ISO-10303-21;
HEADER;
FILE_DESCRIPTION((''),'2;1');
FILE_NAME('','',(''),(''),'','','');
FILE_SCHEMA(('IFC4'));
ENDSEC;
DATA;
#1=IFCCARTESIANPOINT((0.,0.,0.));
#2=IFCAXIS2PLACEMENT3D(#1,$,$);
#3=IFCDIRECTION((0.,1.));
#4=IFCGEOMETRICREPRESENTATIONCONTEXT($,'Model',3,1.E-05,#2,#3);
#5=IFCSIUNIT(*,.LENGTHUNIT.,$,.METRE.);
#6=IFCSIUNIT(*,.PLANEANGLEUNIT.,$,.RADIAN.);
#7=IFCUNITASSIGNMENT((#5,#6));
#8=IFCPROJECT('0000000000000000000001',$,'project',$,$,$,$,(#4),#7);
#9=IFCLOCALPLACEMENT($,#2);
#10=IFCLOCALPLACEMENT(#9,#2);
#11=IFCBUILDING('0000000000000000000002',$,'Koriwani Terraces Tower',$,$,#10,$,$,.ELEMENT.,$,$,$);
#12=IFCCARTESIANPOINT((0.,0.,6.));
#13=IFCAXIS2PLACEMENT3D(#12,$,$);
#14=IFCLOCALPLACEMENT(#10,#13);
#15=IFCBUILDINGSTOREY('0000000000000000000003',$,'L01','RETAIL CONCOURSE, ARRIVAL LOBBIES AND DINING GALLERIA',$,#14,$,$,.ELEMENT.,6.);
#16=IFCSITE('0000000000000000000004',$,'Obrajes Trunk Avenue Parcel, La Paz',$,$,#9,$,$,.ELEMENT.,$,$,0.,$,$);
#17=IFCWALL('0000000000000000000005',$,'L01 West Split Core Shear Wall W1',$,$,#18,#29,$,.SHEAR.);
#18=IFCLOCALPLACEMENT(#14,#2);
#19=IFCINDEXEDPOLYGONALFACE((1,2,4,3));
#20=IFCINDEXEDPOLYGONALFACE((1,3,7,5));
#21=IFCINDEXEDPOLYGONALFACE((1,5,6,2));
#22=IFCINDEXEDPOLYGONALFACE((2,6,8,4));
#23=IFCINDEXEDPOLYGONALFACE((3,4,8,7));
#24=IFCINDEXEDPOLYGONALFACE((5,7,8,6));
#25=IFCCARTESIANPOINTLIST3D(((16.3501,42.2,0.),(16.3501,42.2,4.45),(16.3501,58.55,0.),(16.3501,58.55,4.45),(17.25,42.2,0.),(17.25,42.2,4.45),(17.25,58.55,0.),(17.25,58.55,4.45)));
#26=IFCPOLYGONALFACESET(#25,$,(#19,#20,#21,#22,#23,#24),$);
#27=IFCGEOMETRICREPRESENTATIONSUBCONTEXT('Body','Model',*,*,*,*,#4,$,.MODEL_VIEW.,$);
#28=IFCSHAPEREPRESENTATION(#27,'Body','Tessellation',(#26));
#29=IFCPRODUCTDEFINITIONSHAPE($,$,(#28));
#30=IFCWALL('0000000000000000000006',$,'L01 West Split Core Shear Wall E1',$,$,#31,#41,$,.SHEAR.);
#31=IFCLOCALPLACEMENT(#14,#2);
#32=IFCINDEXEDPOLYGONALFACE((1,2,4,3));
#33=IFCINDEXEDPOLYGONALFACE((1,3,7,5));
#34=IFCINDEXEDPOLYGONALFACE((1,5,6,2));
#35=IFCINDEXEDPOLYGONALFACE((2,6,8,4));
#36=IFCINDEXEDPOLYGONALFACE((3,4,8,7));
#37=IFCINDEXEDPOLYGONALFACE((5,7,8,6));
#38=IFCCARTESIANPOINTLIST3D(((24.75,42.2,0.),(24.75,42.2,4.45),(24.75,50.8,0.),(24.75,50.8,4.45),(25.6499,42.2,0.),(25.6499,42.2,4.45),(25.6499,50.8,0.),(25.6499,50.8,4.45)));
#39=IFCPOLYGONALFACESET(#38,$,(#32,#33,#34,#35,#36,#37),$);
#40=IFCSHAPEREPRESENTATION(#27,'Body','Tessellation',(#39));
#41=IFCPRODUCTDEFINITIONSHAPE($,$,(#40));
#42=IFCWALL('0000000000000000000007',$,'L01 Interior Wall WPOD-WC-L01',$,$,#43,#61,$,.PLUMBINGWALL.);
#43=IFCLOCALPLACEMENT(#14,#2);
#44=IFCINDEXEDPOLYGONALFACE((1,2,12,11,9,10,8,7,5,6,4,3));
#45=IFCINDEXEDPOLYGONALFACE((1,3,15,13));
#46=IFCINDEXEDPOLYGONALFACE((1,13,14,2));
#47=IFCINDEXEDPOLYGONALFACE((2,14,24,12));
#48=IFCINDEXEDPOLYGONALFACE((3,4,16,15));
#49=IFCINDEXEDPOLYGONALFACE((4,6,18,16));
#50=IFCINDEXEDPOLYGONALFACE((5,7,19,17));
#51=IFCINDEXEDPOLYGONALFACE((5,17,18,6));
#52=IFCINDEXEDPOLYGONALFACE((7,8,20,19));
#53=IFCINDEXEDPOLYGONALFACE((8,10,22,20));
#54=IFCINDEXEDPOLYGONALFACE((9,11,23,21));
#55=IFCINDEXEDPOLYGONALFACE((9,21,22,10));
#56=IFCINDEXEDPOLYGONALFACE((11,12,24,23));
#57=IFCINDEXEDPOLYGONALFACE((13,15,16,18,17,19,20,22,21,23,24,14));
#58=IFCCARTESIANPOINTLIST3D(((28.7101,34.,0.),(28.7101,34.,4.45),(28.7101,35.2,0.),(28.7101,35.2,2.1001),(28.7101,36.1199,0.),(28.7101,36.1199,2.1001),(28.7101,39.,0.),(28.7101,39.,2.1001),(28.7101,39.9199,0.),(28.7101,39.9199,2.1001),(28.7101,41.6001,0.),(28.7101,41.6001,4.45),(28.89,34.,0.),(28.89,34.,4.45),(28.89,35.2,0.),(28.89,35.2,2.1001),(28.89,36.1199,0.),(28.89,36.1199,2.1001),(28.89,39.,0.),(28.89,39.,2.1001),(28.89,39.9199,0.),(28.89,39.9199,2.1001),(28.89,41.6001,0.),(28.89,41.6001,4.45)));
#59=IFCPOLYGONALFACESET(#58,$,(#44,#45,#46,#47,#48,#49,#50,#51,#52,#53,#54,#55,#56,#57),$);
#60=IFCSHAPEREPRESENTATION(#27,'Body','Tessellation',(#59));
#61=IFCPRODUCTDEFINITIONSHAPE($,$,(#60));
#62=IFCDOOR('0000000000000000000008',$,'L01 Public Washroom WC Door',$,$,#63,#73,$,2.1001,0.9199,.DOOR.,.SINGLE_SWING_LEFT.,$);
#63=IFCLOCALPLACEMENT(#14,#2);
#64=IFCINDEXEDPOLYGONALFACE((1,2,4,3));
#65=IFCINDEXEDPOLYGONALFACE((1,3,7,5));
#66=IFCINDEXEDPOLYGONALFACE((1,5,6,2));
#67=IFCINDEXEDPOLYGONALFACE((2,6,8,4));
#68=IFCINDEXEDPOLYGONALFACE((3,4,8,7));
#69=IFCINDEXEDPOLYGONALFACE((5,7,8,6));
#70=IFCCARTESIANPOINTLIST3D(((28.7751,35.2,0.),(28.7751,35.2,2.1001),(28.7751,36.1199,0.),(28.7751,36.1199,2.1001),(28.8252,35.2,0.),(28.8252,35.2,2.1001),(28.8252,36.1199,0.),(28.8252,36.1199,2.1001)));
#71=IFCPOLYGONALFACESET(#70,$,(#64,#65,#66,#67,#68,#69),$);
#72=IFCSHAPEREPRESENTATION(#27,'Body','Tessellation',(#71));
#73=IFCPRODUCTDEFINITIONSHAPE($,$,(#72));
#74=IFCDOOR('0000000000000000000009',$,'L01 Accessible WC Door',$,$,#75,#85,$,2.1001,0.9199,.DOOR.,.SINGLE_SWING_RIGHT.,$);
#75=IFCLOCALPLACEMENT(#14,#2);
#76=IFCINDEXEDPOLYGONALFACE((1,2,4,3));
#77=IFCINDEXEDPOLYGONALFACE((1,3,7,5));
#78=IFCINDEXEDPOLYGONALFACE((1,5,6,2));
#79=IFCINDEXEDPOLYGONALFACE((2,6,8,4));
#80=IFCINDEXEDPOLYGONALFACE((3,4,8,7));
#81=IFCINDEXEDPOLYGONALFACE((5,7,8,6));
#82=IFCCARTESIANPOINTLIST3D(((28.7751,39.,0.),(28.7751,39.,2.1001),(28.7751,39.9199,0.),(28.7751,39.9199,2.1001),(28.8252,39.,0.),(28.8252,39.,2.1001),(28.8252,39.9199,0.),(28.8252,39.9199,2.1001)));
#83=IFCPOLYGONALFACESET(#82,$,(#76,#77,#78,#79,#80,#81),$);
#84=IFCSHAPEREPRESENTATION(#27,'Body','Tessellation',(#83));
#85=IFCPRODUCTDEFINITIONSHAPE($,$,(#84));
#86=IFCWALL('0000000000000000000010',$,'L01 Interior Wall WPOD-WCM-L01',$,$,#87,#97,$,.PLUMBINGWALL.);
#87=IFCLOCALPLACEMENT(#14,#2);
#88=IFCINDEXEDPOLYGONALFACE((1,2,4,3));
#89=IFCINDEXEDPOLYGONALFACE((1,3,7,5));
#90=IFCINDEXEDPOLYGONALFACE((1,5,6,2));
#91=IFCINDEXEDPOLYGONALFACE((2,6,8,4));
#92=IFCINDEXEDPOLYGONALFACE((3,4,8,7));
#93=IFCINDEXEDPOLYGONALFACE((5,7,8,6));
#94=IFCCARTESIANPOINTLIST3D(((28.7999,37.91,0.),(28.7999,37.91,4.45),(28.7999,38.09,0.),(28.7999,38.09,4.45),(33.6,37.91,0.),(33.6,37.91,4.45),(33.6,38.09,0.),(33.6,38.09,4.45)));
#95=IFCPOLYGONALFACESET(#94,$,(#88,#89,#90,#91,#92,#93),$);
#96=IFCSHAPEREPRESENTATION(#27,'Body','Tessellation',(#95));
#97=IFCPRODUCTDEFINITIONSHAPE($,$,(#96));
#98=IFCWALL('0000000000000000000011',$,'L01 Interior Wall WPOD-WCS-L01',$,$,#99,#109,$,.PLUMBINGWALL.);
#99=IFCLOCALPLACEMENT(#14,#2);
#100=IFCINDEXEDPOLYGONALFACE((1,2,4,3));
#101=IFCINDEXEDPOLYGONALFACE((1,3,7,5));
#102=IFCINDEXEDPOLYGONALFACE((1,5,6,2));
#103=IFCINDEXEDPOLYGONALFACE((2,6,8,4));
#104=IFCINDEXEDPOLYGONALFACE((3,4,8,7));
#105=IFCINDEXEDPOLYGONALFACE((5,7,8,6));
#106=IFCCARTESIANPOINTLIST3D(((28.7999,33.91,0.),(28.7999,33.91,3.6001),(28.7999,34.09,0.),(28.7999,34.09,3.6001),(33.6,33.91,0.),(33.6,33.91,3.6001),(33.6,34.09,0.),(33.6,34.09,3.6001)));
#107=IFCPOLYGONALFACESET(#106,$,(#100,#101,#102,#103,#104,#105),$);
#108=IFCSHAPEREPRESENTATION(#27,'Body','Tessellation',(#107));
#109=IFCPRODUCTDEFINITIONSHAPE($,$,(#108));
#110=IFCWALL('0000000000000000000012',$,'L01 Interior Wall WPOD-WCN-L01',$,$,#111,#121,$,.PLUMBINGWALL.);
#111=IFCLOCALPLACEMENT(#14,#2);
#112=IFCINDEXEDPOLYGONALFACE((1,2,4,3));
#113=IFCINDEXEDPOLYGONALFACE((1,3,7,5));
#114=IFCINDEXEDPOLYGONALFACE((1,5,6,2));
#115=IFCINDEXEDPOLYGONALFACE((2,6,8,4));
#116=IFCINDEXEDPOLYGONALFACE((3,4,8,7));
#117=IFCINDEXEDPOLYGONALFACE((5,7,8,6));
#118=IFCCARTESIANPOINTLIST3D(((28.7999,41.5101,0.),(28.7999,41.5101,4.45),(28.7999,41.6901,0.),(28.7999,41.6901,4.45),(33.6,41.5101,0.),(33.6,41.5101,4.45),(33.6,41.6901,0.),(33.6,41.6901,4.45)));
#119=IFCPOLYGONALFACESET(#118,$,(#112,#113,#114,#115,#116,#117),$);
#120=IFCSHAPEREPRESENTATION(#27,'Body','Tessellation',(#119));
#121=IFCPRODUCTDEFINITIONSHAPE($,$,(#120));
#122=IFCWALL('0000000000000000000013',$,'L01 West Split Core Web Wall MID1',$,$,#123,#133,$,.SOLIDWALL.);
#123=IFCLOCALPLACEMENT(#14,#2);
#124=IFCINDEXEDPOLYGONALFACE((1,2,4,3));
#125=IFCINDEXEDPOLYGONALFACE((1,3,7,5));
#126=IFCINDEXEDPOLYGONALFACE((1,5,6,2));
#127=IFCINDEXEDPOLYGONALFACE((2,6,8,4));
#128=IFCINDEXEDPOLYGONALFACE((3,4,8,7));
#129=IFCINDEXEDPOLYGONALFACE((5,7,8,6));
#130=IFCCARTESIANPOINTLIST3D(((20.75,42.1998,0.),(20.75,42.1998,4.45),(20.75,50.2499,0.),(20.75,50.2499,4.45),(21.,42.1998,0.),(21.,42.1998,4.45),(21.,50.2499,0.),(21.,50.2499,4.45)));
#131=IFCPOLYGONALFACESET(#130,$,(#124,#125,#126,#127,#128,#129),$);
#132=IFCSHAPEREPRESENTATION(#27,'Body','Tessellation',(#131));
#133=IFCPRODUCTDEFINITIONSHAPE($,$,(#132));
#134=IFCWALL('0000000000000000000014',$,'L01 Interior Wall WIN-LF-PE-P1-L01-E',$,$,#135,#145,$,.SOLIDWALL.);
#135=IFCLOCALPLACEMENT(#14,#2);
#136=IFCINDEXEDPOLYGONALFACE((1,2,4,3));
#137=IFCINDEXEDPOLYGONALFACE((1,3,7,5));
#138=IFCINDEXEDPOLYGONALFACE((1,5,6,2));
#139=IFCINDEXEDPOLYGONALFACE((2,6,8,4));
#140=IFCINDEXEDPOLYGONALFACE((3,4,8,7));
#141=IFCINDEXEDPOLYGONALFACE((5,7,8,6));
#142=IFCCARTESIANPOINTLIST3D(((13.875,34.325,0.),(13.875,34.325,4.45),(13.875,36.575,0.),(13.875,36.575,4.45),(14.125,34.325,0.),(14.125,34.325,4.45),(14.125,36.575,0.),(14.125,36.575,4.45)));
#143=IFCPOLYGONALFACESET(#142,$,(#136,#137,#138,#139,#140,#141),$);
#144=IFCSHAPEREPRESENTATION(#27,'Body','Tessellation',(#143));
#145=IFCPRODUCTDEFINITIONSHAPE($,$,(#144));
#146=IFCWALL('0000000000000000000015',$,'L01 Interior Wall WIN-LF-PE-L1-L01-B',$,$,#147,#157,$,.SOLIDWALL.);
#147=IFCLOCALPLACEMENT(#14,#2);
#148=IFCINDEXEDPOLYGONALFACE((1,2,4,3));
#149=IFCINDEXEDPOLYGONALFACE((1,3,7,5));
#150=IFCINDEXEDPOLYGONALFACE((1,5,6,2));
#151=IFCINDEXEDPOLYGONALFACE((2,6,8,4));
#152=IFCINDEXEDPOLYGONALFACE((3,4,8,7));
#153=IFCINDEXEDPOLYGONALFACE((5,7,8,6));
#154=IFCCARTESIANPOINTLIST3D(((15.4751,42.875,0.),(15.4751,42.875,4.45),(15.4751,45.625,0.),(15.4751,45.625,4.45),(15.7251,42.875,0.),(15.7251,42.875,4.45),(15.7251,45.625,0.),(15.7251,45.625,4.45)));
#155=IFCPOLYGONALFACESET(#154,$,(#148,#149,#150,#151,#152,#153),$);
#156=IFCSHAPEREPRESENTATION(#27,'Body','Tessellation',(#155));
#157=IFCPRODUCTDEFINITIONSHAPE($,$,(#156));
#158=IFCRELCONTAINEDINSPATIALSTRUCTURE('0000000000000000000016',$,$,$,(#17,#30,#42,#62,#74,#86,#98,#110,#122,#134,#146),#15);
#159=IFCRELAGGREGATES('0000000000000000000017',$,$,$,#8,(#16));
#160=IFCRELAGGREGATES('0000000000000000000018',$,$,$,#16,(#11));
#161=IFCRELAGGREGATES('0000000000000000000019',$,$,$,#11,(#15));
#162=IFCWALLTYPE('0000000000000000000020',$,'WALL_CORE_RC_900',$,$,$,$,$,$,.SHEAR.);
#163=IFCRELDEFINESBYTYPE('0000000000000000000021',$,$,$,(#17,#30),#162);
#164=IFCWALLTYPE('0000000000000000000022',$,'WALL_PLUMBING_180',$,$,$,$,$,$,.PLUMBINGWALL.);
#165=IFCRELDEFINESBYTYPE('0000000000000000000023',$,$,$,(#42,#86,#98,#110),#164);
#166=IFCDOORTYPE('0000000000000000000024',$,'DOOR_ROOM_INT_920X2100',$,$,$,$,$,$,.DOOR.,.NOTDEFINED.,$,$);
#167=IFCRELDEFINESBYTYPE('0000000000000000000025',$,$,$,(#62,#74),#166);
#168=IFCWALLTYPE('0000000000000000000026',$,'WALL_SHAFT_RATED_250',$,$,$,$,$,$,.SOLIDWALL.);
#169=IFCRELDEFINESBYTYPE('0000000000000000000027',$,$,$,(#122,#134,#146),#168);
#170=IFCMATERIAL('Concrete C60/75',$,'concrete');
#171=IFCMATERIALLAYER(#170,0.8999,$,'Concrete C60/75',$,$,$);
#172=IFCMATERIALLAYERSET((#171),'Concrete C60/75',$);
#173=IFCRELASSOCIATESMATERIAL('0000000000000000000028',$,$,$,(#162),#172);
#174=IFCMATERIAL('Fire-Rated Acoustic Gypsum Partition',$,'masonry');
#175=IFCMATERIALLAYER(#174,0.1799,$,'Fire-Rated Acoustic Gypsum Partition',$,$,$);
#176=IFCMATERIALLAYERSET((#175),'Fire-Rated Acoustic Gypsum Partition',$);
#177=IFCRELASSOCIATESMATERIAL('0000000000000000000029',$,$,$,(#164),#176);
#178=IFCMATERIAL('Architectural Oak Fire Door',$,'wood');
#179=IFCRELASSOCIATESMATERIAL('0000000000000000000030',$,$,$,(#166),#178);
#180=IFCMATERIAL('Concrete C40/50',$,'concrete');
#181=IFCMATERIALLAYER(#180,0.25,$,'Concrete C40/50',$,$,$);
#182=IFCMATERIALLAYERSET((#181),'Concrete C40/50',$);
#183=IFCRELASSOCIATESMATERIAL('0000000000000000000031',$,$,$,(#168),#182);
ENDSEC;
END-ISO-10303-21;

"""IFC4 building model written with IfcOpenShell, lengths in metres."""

from ifc_helpers import new_model, si_unit, direction, frame, frame_2d, origin, place, context, subcontext, project, spatial, rectangle, extrude, material, layer, layer_set, type_object, element, fill, save


model = new_model("IFC4")

# Units and contexts
model_context = context("Model", 3, precision=1e-05, world=origin(), true_north=direction((0.0, 1.0)))
body_context = subcontext(model_context, "Body", "Model", "MODEL_VIEW")
ifc_project = project(units=[si_unit("LENGTHUNIT", "METRE"), si_unit("PLANEANGLEUNIT", "RADIAN")], contexts=[model_context])

# Site, building, storey
site_placement = place(None, origin())
site = spatial("IfcSite", under=ifc_project, at=site_placement, Name="Obrajes Trunk Avenue Parcel, La Paz", CompositionType="ELEMENT", RefElevation=0.0)
building_placement = place(site_placement, origin())
building = spatial("IfcBuilding", under=site, at=building_placement, Name="Koriwani Terraces Tower", CompositionType="ELEMENT")
storey_placement = place(building_placement, frame((0.0, 0.0, 6.0)))
storey = spatial("IfcBuildingStorey", under=building, at=storey_placement, Name="L01", Description="RETAIL CONCOURSE, ARRIVAL LOBBIES AND DINING GALLERIA", CompositionType="ELEMENT", Elevation=6.0)

# Shared definitions
ifc_material_1 = material(Name="Concrete C60/75", Category="concrete")

# Walls
ifc_layer_1 = layer(ifc_material_1, 0.8999, Name="Concrete C60/75")
ifc_layer_set_1 = layer_set([ifc_layer_1], Name="Concrete C60/75")
wall_type_1 = type_object("IfcWallType", Name="WALL_CORE_RC_900", PredefinedType="SHEAR", material=ifc_layer_set_1)
wall_1_placement = place(storey_placement, frame((16.8, 42.2, 0.0), z_axis=(0.0, 0.0, 1.0), x_axis=(0.0, 1.0, 0.0)))
element("IfcWall", 1, at=wall_1_placement, inside=storey, type_object=wall_type_1, Name="L01 West Split Core Shear Wall W1", PredefinedType="SHEAR", context=body_context, shape_type="SweptSolid", body=[
    extrude(rectangle(XDim=16.3501, YDim=0.8999, at=frame_2d((8.175, 0.0))), origin(), (0.0, 0.0, 1.0), 4.45),
])
wall_2_placement = place(storey_placement, frame((25.2, 42.2, 0.0), z_axis=(0.0, 0.0, 1.0), x_axis=(0.0, 1.0, 0.0)))
element("IfcWall", 2, at=wall_2_placement, inside=storey, type_object=wall_type_1, Name="L01 West Split Core Shear Wall E1", PredefinedType="SHEAR", context=body_context, shape_type="SweptSolid", body=[
    extrude(rectangle(XDim=8.6001, YDim=0.8999, at=frame_2d((4.3, 0.0))), origin(), (0.0, 0.0, 1.0), 4.45),
])

# Wall, openings, doors
ifc_material_2 = material(Name="Fire-Rated Acoustic Gypsum Partition", Category="masonry")
ifc_layer_2 = layer(ifc_material_2, 0.1799, Name="Fire-Rated Acoustic Gypsum Partition")
ifc_layer_set_2 = layer_set([ifc_layer_2], Name="Fire-Rated Acoustic Gypsum Partition")
wall_type_2 = type_object("IfcWallType", Name="WALL_PLUMBING_180", PredefinedType="PLUMBINGWALL", material=ifc_layer_set_2)
wall_3_placement = place(storey_placement, frame((28.8, 34.0, 0.0), z_axis=(0.0, 0.0, 1.0), x_axis=(0.0, 1.0, 0.0)))
wall_3 = element("IfcWall", 3, at=wall_3_placement, inside=storey, type_object=wall_type_2, Name="L01 Interior Wall WPOD-WC-L01", PredefinedType="PLUMBINGWALL", context=body_context, shape_type="SweptSolid", body=[
    extrude(rectangle(XDim=7.6001, YDim=0.1799, at=frame_2d((3.8, 0.0))), origin(), (0.0, 0.0, 1.0), 4.45),
])
opening_1_placement = place(wall_3_placement, frame((1.2, 0.0, 0.0)))
opening_1 = element("IfcOpeningElement", 4, at=opening_1_placement, cuts=wall_3, PredefinedType="OPENING", context=body_context, shape_type="SweptSolid", body=[
    extrude(rectangle(XDim=0.9199, YDim=2.1001, at=frame_2d((0.46, 1.05))), frame((0.0, 0.1001, 0.0), z_axis=(0.0, -1.0, 0.0), x_axis=(1.0, 0.0, 0.0)), (0.0, 0.0, 1.0), 0.2),
])
opening_2_placement = place(wall_3_placement, frame((5.0, 0.0, 0.0)))
opening_2 = element("IfcOpeningElement", 5, at=opening_2_placement, cuts=wall_3, PredefinedType="OPENING", context=body_context, shape_type="SweptSolid", body=[
    extrude(rectangle(XDim=0.9199, YDim=2.1001, at=frame_2d((0.46, 1.05))), frame((0.0, 0.1001, 0.0), z_axis=(0.0, -1.0, 0.0), x_axis=(1.0, 0.0, 0.0)), (0.0, 0.0, 1.0), 0.2),
])
ifc_material_3 = material(Name="Architectural Oak Fire Door", Category="wood")
door_type_1 = type_object("IfcDoorType", Name="DOOR_ROOM_INT_920X2100", OperationType="NOTDEFINED", PredefinedType="DOOR", material=ifc_material_3)
door_1_placement = place(opening_1_placement, origin())
door_1 = element("IfcDoor", 6, at=door_1_placement, inside=storey, type_object=door_type_1, Name="L01 Public Washroom WC Door", OperationType="SINGLE_SWING_LEFT", OverallHeight=2.1001, OverallWidth=0.9199, PredefinedType="DOOR", context=body_context, shape_type="SweptSolid", body=[
    extrude(rectangle(XDim=0.9199, YDim=2.1001, at=frame_2d((0.46, 1.05))), frame((0.0, 0.0249, 0.0), z_axis=(0.0, -1.0, 0.0), x_axis=(1.0, 0.0, 0.0)), (0.0, 0.0, 1.0), 0.05),
])
fill(opening_1, door_1)
door_2_placement = place(opening_2_placement, origin())
door_2 = element("IfcDoor", 7, at=door_2_placement, inside=storey, type_object=door_type_1, Name="L01 Accessible WC Door", OperationType="SINGLE_SWING_RIGHT", OverallHeight=2.1001, OverallWidth=0.9199, PredefinedType="DOOR", context=body_context, shape_type="SweptSolid", body=[
    extrude(rectangle(XDim=0.9199, YDim=2.1001, at=frame_2d((0.46, 1.05))), frame((0.0, 0.0249, 0.0), z_axis=(0.0, -1.0, 0.0), x_axis=(1.0, 0.0, 0.0)), (0.0, 0.0, 1.0), 0.05),
])
fill(opening_2, door_2)

# Walls
wall_4_placement = place(storey_placement, frame((28.8, 38.0, 0.0), z_axis=(0.0, 0.0, 1.0), x_axis=(1.0, 0.0, 0.0)))
element("IfcWall", 8, at=wall_4_placement, inside=storey, type_object=wall_type_2, Name="L01 Interior Wall WPOD-WCM-L01", PredefinedType="PLUMBINGWALL", context=body_context, shape_type="SweptSolid", body=[
    extrude(rectangle(XDim=4.8, YDim=0.1799, at=frame_2d((2.3999, 0.0))), origin(), (0.0, 0.0, 1.0), 4.45),
])
wall_5_placement = place(storey_placement, frame((28.8, 34.0, 0.0), z_axis=(0.0, 0.0, 1.0), x_axis=(1.0, 0.0, 0.0)))
element("IfcWall", 9, at=wall_5_placement, inside=storey, type_object=wall_type_2, Name="L01 Interior Wall WPOD-WCS-L01", PredefinedType="PLUMBINGWALL", context=body_context, shape_type="SweptSolid", body=[
    extrude(rectangle(XDim=4.8, YDim=0.1799, at=frame_2d((2.3999, 0.0))), origin(), (0.0, 0.0, 1.0), 3.6001),
])
wall_6_placement = place(storey_placement, frame((28.8, 41.6001, 0.0), z_axis=(0.0, 0.0, 1.0), x_axis=(1.0, 0.0, 0.0)))
element("IfcWall", 10, at=wall_6_placement, inside=storey, type_object=wall_type_2, Name="L01 Interior Wall WPOD-WCN-L01", PredefinedType="PLUMBINGWALL", context=body_context, shape_type="SweptSolid", body=[
    extrude(rectangle(XDim=4.8, YDim=0.1799, at=frame_2d((2.3999, 0.0))), origin(), (0.0, 0.0, 1.0), 4.45),
])
ifc_material_4 = material(Name="Concrete C40/50", Category="concrete")
ifc_layer_3 = layer(ifc_material_4, 0.25, Name="Concrete C40/50")
ifc_layer_set_3 = layer_set([ifc_layer_3], Name="Concrete C40/50")
wall_type_3 = type_object("IfcWallType", Name="WALL_SHAFT_RATED_250", PredefinedType="SOLIDWALL", material=ifc_layer_set_3)
wall_7_placement = place(storey_placement, frame((20.875, 42.2, 0.0), z_axis=(0.0, 0.0, 1.0), x_axis=(0.0, 1.0, 0.0)))
element("IfcWall", 11, at=wall_7_placement, inside=storey, type_object=wall_type_3, Name="L01 West Split Core Web Wall MID1", PredefinedType="SOLIDWALL", context=body_context, shape_type="SweptSolid", body=[
    extrude(rectangle(XDim=8.05, YDim=0.25, at=frame_2d((4.0249, 0.0))), origin(), (0.0, 0.0, 1.0), 4.45),
])

# Walls
wall_8_placement = place(storey_placement, frame((14.0, 34.325, 0.0), z_axis=(0.0, 0.0, 1.0), x_axis=(0.0, 1.0, 0.0)))
element("IfcWall", 12, at=wall_8_placement, inside=storey, type_object=wall_type_3, Name="L01 Interior Wall WIN-LF-PE-P1-L01-E", PredefinedType="SOLIDWALL", context=body_context, shape_type="SweptSolid", body=[
    extrude(rectangle(XDim=2.25, YDim=0.25, at=frame_2d((1.125, 0.0))), origin(), (0.0, 0.0, 1.0), 4.45),
])
wall_9_placement = place(storey_placement, frame((15.6001, 42.875, 0.0), z_axis=(0.0, 0.0, 1.0), x_axis=(0.0, 1.0, 0.0)))
element("IfcWall", 13, at=wall_9_placement, inside=storey, type_object=wall_type_3, Name="L01 Interior Wall WIN-LF-PE-L1-L01-B", PredefinedType="SOLIDWALL", context=body_context, shape_type="SweptSolid", body=[
    extrude(rectangle(XDim=2.75, YDim=0.25, at=frame_2d((1.375, 0.0))), origin(), (0.0, 0.0, 1.0), 4.45),
])

save(model, "model.ifc")
